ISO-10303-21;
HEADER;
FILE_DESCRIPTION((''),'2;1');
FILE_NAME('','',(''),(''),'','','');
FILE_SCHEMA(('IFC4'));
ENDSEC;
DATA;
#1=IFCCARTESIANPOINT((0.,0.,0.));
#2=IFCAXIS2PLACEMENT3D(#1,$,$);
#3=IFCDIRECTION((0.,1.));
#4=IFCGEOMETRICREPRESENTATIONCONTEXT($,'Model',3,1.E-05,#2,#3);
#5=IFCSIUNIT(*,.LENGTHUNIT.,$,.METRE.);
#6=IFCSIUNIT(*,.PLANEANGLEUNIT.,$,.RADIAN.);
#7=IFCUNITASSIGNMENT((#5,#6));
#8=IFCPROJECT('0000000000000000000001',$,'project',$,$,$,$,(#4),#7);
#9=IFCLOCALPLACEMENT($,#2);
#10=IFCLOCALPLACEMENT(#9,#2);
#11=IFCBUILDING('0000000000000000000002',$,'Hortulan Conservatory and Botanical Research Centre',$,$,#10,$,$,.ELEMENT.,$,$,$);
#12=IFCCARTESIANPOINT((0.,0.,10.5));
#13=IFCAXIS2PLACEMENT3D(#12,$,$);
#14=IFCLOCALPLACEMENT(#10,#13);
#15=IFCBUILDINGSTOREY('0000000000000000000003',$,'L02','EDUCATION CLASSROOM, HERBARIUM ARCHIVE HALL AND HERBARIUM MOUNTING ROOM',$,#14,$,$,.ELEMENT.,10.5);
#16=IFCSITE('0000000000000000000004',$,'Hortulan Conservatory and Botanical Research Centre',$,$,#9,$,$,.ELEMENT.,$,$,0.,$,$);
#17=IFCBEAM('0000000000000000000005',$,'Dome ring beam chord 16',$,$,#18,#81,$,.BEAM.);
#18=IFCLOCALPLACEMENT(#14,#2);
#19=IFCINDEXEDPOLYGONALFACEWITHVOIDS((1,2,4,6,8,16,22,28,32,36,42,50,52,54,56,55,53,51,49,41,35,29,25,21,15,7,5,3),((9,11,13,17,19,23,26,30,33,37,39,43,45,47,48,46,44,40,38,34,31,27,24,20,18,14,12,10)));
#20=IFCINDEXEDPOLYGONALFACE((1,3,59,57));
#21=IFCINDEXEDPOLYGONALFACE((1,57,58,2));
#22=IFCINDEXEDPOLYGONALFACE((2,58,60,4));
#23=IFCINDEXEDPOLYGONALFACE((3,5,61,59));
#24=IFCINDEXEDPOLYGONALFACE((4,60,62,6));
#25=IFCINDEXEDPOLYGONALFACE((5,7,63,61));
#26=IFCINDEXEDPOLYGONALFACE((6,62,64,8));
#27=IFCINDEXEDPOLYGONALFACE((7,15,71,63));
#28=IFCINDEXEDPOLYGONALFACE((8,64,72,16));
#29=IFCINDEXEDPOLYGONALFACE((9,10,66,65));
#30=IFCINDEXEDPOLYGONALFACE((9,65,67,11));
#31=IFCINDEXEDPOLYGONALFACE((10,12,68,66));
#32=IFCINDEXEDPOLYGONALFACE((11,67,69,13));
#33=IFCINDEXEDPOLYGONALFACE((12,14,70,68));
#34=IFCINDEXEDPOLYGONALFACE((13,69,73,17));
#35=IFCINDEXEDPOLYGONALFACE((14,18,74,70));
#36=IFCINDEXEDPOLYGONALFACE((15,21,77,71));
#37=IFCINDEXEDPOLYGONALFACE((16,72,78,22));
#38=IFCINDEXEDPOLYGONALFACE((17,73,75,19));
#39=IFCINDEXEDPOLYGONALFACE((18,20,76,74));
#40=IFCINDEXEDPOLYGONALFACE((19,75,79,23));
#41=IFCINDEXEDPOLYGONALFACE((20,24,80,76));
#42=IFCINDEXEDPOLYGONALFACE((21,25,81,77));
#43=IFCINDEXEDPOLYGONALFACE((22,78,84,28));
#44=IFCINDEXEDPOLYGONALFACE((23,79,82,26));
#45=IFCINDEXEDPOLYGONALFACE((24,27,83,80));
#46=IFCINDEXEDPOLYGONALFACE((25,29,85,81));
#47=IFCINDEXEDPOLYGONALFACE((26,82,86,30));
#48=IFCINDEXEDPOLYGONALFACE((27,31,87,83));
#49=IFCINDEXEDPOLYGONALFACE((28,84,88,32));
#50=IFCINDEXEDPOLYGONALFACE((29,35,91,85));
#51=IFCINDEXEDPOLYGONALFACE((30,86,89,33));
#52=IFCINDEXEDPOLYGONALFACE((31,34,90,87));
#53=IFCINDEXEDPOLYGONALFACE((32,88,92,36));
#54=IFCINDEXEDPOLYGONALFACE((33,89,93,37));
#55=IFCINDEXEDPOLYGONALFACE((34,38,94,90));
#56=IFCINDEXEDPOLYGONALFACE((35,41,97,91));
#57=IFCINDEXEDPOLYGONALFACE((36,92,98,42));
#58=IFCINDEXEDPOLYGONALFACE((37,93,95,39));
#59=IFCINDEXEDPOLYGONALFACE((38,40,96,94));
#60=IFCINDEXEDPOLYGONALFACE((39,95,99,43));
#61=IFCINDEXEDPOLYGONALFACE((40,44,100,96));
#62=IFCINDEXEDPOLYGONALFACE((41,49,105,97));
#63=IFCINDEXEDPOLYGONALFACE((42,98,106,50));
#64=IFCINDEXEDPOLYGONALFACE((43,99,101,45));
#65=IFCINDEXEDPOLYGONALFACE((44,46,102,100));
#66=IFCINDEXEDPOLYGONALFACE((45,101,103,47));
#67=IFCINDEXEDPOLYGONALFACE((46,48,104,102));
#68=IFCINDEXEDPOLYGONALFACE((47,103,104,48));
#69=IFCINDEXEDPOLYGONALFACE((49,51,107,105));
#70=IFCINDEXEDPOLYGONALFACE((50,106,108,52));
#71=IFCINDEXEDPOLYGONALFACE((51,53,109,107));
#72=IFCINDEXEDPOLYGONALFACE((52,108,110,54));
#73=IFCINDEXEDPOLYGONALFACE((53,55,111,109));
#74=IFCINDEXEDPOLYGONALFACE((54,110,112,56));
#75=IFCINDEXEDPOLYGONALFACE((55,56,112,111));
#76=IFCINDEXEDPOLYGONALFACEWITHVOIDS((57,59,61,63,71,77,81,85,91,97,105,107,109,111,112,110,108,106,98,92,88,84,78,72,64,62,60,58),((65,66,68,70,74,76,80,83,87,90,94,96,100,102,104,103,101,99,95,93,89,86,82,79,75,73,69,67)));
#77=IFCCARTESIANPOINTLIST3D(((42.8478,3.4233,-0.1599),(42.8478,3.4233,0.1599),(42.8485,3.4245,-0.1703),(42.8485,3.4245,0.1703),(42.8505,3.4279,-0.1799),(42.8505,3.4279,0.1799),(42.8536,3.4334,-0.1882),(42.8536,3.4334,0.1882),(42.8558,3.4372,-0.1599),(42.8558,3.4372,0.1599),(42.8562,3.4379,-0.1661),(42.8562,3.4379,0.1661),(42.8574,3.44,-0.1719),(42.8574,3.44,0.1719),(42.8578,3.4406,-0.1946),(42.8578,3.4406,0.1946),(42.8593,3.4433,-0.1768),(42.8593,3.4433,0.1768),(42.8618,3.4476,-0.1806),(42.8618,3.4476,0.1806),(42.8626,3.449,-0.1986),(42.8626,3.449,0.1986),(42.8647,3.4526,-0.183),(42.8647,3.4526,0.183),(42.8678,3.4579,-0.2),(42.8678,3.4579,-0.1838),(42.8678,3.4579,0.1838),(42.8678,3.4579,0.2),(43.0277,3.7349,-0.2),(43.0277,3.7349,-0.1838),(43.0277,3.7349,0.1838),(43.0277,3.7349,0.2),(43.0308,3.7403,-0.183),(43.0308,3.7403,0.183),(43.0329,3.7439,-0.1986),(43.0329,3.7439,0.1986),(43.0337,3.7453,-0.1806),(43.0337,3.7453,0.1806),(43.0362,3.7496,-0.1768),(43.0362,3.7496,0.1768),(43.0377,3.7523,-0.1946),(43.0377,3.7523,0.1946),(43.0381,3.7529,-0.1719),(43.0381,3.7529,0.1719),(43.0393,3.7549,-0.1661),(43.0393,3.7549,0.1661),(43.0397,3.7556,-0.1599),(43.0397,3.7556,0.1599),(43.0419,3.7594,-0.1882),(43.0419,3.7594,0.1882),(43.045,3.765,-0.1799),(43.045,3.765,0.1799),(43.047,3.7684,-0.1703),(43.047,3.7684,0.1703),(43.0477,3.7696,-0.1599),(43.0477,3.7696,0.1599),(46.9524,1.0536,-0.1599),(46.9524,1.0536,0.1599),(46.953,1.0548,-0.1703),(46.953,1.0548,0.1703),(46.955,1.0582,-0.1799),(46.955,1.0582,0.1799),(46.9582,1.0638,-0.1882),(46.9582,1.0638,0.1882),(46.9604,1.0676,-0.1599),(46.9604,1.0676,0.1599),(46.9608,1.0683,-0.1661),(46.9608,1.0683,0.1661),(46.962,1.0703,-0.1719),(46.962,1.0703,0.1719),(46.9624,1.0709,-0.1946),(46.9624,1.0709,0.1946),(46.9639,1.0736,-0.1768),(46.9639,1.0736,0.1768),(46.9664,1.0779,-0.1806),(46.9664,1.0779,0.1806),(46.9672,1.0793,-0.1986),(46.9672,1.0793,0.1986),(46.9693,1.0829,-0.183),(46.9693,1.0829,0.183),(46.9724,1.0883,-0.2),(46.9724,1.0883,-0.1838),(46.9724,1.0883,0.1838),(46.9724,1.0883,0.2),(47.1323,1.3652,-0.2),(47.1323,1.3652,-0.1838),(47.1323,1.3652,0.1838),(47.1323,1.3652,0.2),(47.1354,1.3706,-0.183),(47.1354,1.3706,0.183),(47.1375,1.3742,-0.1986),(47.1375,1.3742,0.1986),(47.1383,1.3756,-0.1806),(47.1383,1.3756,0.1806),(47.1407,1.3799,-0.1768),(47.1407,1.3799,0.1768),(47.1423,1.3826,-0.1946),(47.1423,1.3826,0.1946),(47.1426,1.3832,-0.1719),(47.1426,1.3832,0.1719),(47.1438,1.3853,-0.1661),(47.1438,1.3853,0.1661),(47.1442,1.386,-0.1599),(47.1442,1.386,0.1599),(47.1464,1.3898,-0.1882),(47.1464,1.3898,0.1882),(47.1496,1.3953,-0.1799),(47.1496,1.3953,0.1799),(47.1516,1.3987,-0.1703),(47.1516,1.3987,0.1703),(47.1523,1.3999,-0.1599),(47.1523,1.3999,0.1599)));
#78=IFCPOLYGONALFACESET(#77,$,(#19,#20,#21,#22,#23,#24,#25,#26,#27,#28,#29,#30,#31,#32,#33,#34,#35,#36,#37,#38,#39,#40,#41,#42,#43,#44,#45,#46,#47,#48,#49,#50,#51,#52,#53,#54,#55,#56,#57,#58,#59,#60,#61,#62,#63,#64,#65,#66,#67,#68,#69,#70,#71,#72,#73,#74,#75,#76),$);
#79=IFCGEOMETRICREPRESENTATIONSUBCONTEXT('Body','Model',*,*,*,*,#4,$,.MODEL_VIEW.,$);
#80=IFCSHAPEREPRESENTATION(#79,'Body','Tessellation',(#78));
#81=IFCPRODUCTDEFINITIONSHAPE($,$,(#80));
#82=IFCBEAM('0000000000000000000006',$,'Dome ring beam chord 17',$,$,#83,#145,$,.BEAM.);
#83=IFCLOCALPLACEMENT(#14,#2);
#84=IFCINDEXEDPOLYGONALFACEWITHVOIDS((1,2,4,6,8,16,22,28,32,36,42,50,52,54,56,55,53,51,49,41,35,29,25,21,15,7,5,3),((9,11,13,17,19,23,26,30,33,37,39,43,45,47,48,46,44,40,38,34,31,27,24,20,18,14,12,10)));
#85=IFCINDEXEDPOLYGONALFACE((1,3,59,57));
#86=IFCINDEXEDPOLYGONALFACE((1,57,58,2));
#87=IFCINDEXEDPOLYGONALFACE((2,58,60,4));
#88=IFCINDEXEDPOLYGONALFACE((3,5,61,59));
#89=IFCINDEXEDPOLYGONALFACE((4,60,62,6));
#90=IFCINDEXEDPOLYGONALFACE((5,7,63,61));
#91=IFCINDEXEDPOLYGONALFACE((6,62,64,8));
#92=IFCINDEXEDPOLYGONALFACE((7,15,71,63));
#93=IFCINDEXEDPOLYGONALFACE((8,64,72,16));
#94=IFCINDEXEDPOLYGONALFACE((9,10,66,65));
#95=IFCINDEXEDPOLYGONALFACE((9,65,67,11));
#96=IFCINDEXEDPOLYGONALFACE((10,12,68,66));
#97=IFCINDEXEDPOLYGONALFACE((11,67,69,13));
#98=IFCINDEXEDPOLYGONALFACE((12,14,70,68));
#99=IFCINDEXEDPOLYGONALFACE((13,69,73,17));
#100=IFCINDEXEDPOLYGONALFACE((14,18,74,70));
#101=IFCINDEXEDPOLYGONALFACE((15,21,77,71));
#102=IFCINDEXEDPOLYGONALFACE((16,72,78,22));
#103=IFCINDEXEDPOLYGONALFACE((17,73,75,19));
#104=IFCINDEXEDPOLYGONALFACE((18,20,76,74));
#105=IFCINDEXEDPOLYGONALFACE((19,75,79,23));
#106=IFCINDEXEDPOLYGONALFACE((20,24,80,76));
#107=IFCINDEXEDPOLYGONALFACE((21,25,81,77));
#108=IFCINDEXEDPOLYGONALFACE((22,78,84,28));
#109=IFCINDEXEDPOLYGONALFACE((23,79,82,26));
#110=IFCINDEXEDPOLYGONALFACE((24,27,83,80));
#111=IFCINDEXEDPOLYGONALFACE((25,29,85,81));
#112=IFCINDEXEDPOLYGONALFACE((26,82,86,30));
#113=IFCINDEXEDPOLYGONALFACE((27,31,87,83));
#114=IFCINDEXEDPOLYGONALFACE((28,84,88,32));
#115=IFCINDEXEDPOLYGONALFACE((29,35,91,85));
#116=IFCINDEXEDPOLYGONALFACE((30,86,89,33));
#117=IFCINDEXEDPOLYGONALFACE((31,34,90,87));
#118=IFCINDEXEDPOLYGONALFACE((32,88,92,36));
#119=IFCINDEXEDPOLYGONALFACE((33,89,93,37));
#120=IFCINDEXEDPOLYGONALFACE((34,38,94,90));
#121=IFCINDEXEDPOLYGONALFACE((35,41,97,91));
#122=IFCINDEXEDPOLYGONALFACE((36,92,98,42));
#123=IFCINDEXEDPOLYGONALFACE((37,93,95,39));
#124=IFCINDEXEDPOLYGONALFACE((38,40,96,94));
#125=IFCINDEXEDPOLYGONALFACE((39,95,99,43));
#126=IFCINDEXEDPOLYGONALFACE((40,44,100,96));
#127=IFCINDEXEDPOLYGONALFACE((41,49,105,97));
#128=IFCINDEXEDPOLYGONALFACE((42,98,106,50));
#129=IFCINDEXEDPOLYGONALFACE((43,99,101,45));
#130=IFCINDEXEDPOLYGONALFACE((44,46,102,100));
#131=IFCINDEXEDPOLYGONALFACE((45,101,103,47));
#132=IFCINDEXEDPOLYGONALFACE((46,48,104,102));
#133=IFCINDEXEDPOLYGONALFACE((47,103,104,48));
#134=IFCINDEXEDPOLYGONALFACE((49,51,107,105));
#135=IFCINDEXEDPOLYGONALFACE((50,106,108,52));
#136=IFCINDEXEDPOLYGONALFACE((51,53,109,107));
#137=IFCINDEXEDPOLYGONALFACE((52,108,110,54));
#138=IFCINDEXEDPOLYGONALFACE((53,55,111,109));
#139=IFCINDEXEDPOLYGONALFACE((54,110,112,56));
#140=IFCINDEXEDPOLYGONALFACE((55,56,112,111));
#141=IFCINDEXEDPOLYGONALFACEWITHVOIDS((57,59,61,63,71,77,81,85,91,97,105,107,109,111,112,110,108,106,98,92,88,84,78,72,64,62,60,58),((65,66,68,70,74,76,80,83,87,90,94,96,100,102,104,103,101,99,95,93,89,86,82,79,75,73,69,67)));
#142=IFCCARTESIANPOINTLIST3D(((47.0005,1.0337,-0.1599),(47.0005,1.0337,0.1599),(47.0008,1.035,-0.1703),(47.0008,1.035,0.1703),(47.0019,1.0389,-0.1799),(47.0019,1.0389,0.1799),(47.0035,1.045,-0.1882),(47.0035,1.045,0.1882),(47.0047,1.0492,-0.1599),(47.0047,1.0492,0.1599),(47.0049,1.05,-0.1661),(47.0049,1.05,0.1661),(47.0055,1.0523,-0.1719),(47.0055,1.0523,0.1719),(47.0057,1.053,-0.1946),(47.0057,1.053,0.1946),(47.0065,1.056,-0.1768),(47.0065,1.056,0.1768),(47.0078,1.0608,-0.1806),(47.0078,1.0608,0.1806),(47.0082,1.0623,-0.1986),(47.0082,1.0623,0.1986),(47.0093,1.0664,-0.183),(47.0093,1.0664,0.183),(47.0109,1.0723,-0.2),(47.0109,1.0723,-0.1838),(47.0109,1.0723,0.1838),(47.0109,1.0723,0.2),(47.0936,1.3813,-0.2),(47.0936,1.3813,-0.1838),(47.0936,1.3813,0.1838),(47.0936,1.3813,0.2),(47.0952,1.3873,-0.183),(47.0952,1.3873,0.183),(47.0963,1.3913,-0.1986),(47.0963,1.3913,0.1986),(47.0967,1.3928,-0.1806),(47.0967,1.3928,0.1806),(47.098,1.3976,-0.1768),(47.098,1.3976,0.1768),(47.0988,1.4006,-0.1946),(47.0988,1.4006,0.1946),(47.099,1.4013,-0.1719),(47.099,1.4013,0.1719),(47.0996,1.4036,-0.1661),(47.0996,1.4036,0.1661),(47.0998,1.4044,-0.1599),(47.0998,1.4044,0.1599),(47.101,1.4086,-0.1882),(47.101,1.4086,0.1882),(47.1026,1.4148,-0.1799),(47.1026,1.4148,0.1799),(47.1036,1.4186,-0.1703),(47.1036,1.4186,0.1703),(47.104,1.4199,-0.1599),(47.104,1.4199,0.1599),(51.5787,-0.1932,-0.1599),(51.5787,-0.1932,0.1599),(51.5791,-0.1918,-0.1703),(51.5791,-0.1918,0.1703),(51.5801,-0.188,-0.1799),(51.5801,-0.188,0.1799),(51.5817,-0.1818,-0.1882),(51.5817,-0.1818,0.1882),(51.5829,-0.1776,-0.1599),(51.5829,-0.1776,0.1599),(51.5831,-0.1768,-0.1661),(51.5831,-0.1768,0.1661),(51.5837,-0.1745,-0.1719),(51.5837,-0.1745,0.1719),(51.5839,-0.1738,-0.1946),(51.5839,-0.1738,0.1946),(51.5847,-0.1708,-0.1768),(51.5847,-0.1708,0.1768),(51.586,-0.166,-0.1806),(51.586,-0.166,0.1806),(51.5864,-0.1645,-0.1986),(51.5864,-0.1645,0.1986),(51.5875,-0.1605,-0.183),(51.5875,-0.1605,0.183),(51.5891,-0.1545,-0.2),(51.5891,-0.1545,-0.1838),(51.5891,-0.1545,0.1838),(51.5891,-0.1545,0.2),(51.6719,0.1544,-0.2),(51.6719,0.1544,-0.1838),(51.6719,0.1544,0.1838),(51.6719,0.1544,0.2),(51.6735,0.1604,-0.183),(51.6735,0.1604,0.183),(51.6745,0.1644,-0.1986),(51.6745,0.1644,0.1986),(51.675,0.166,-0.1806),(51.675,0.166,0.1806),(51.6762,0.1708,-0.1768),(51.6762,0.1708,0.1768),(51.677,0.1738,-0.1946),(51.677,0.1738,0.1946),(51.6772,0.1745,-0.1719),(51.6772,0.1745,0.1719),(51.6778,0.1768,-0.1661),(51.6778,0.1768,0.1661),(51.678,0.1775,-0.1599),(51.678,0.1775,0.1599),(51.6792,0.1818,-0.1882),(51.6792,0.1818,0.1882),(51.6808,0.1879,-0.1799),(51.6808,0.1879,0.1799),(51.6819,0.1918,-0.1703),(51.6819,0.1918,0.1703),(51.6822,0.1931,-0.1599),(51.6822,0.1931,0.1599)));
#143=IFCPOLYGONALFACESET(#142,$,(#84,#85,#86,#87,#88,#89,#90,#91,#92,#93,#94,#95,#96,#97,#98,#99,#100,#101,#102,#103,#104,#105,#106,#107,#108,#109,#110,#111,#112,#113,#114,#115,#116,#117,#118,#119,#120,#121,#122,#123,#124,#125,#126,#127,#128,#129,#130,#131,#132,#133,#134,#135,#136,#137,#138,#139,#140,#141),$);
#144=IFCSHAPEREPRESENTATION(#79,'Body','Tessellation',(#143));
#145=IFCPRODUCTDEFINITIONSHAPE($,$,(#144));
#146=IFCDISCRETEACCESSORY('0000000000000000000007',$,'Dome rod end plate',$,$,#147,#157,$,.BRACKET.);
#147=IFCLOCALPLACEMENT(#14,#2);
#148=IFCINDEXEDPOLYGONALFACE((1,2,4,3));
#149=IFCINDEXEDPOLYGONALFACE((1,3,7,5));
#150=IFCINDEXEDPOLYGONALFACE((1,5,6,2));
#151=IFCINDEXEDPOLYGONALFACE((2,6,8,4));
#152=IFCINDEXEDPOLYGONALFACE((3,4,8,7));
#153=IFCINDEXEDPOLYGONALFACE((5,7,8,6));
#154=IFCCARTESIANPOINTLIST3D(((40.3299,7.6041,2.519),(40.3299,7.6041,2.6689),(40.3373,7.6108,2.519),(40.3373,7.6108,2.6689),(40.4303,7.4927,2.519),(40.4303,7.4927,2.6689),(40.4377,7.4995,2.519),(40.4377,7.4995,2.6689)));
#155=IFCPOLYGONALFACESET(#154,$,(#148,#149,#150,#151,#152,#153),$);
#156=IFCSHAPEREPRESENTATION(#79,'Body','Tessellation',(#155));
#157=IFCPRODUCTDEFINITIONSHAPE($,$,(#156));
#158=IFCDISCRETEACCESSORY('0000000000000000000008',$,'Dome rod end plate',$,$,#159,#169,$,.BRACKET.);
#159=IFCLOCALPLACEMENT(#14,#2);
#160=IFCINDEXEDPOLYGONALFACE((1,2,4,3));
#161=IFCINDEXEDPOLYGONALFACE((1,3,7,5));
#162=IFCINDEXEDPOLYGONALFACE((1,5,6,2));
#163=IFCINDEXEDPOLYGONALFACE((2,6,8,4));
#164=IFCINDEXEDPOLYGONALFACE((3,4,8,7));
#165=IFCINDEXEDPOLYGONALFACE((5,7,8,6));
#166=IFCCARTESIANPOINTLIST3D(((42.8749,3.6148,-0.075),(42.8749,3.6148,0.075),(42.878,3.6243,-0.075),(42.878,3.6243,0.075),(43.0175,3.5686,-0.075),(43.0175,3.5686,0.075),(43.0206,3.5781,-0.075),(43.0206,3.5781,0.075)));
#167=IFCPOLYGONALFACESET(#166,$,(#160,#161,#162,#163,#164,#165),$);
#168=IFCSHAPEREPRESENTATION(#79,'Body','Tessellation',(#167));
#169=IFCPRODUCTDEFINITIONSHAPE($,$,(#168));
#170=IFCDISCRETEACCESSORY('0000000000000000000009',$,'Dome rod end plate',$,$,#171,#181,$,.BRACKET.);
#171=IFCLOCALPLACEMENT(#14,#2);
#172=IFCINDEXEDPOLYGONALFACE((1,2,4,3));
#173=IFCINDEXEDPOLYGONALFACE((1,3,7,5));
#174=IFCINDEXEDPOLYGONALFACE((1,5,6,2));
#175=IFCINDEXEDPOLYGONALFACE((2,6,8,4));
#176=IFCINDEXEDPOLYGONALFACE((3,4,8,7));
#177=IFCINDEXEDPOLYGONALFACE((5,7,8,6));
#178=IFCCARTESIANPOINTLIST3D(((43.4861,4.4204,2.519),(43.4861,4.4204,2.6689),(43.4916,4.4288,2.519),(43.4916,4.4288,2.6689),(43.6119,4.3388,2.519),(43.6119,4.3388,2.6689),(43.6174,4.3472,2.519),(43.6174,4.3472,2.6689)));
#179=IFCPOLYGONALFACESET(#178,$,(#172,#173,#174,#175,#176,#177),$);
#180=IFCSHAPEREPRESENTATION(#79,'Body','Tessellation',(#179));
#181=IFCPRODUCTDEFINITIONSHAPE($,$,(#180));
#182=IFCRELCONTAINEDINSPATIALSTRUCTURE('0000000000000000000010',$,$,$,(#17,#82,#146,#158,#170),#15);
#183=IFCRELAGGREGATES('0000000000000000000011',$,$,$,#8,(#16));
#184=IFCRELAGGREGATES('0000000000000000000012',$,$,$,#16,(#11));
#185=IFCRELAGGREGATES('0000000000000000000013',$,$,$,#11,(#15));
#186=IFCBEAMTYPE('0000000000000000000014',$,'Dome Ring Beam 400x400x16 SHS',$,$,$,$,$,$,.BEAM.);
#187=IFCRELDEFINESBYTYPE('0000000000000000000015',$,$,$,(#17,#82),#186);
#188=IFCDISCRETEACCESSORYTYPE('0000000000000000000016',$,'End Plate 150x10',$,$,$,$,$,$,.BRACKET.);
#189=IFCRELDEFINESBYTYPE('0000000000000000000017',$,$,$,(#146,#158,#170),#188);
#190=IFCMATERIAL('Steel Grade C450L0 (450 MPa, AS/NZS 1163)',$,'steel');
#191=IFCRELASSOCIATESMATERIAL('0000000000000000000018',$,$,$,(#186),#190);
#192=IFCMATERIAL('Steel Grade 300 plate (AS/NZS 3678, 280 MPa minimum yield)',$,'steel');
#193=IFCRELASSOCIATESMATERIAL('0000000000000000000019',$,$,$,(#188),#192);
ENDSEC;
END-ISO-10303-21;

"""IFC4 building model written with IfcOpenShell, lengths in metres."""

from ifc_helpers import new_model, si_unit, direction, frame, origin, origin_2d, place, context, subcontext, project, spatial, rectangle, hollow_rectangle, extrude, material, material_profile, profile_set, type_object, element, save


model = new_model("IFC4")

# Units and contexts
model_context = context("Model", 3, precision=1e-05, world=origin(), true_north=direction((0.0, 1.0)))
body_context = subcontext(model_context, "Body", "Model", "MODEL_VIEW")
ifc_project = project(units=[si_unit("LENGTHUNIT", "METRE"), si_unit("PLANEANGLEUNIT", "RADIAN")], contexts=[model_context])

# Site, building, storey
site_placement = place(None, origin())
site = spatial("IfcSite", under=ifc_project, at=site_placement, Name="Hortulan Conservatory and Botanical Research Centre", CompositionType="ELEMENT", RefElevation=0.0)
building_placement = place(site_placement, origin())
building = spatial("IfcBuilding", under=site, at=building_placement, Name="Hortulan Conservatory and Botanical Research Centre", CompositionType="ELEMENT")
storey_placement = place(building_placement, frame((0.0, 0.0, 10.5)))
storey = spatial("IfcBuildingStorey", under=building, at=storey_placement, Name="L02", Description="EDUCATION CLASSROOM, HERBARIUM ARCHIVE HALL AND HERBARIUM MOUNTING ROOM", CompositionType="ELEMENT", Elevation=10.5)

# Beams
ifc_material_1 = material(Name="Steel Grade C450L0 (450 MPa, AS/NZS 1163)", Category="steel")
ifc_material_profile_1 = material_profile(ifc_material_1, hollow_rectangle(XDim=0.3999, YDim=0.3999, WallThickness=0.0161, InnerFilletRadius=0.0239, OuterFilletRadius=0.04, at=origin_2d()), Name="400x400x16SHS")
ifc_profile_set_1 = profile_set([ifc_material_profile_1], Name="Steel Grade C450L0 (450 MPa, AS/NZS 1163)")
beam_type_1 = type_object("IfcBeamType", Name="Dome Ring Beam 400x400x16 SHS", PredefinedType="BEAM", material=ifc_profile_set_1)
beam_1_placement = place(storey_placement, frame((42.9478, 3.5964, 0.0), z_axis=(0.866035, -0.499984, 0.0), x_axis=(0.499984, 0.866035, 0.0)))
element("IfcBeam", 1, at=beam_1_placement, inside=storey, type_object=beam_type_1, Name="Dome ring beam chord 16", PredefinedType="BEAM", context=body_context, shape_type="SweptSolid", body=[
    extrude(hollow_rectangle(XDim=0.3999, YDim=0.3999, WallThickness=0.0161, InnerFilletRadius=0.0239, OuterFilletRadius=0.04, at=origin_2d()), origin(), (0.0, 0.0, 1.0), 4.7395),
])
beam_2_placement = place(storey_placement, frame((47.0522, 1.2268, 0.0), z_axis=(0.96592, -0.258839, 0.0), x_axis=(0.258839, 0.96592, 0.0)))
element("IfcBeam", 2, at=beam_2_placement, inside=storey, type_object=beam_type_1, Name="Dome ring beam chord 17", PredefinedType="BEAM", context=body_context, shape_type="SweptSolid", body=[
    extrude(hollow_rectangle(XDim=0.3999, YDim=0.3999, WallThickness=0.0161, InnerFilletRadius=0.0239, OuterFilletRadius=0.04, at=origin_2d()), origin(), (0.0, 0.0, 1.0), 4.7397),
])

# Discrete accessories
ifc_material_2 = material(Name="Steel Grade 300 plate (AS/NZS 3678, 280 MPa minimum yield)", Category="steel")
discrete_accessory_type = type_object("IfcDiscreteAccessoryType", Name="End Plate 150x10", PredefinedType="BRACKET", material=ifc_material_2)
for number, where, z_axis, x_axis, name in (
    (3, (40.3838, 7.5518, 2.519), (0.0, 0.0, 1.0), (0.669727, -0.742607, 0.0), "Dome rod end plate"),
    (4, (42.9478, 3.5964, -0.075), (0.0, 0.0, 1.0), (0.95131, -0.308237, 0.0), "Dome rod end plate"),
    (5, (43.5518, 4.3838, 2.519), (0.0, 0.0, 1.0), (0.839117, -0.543951, 0.0), "Dome rod end plate"),
):
    element("IfcDiscreteAccessory", number, at=place(storey_placement, frame(where, z_axis=z_axis, x_axis=x_axis)), inside=storey, type_object=discrete_accessory_type, Name=name, PredefinedType="BRACKET", context=body_context, shape_type="SweptSolid", body=[
        extrude(rectangle(XDim=0.1499, YDim=0.01, at=origin_2d()), origin(), (0.0, 0.0, 1.0), 0.1499),
    ])

save(model, "model.ifc")
